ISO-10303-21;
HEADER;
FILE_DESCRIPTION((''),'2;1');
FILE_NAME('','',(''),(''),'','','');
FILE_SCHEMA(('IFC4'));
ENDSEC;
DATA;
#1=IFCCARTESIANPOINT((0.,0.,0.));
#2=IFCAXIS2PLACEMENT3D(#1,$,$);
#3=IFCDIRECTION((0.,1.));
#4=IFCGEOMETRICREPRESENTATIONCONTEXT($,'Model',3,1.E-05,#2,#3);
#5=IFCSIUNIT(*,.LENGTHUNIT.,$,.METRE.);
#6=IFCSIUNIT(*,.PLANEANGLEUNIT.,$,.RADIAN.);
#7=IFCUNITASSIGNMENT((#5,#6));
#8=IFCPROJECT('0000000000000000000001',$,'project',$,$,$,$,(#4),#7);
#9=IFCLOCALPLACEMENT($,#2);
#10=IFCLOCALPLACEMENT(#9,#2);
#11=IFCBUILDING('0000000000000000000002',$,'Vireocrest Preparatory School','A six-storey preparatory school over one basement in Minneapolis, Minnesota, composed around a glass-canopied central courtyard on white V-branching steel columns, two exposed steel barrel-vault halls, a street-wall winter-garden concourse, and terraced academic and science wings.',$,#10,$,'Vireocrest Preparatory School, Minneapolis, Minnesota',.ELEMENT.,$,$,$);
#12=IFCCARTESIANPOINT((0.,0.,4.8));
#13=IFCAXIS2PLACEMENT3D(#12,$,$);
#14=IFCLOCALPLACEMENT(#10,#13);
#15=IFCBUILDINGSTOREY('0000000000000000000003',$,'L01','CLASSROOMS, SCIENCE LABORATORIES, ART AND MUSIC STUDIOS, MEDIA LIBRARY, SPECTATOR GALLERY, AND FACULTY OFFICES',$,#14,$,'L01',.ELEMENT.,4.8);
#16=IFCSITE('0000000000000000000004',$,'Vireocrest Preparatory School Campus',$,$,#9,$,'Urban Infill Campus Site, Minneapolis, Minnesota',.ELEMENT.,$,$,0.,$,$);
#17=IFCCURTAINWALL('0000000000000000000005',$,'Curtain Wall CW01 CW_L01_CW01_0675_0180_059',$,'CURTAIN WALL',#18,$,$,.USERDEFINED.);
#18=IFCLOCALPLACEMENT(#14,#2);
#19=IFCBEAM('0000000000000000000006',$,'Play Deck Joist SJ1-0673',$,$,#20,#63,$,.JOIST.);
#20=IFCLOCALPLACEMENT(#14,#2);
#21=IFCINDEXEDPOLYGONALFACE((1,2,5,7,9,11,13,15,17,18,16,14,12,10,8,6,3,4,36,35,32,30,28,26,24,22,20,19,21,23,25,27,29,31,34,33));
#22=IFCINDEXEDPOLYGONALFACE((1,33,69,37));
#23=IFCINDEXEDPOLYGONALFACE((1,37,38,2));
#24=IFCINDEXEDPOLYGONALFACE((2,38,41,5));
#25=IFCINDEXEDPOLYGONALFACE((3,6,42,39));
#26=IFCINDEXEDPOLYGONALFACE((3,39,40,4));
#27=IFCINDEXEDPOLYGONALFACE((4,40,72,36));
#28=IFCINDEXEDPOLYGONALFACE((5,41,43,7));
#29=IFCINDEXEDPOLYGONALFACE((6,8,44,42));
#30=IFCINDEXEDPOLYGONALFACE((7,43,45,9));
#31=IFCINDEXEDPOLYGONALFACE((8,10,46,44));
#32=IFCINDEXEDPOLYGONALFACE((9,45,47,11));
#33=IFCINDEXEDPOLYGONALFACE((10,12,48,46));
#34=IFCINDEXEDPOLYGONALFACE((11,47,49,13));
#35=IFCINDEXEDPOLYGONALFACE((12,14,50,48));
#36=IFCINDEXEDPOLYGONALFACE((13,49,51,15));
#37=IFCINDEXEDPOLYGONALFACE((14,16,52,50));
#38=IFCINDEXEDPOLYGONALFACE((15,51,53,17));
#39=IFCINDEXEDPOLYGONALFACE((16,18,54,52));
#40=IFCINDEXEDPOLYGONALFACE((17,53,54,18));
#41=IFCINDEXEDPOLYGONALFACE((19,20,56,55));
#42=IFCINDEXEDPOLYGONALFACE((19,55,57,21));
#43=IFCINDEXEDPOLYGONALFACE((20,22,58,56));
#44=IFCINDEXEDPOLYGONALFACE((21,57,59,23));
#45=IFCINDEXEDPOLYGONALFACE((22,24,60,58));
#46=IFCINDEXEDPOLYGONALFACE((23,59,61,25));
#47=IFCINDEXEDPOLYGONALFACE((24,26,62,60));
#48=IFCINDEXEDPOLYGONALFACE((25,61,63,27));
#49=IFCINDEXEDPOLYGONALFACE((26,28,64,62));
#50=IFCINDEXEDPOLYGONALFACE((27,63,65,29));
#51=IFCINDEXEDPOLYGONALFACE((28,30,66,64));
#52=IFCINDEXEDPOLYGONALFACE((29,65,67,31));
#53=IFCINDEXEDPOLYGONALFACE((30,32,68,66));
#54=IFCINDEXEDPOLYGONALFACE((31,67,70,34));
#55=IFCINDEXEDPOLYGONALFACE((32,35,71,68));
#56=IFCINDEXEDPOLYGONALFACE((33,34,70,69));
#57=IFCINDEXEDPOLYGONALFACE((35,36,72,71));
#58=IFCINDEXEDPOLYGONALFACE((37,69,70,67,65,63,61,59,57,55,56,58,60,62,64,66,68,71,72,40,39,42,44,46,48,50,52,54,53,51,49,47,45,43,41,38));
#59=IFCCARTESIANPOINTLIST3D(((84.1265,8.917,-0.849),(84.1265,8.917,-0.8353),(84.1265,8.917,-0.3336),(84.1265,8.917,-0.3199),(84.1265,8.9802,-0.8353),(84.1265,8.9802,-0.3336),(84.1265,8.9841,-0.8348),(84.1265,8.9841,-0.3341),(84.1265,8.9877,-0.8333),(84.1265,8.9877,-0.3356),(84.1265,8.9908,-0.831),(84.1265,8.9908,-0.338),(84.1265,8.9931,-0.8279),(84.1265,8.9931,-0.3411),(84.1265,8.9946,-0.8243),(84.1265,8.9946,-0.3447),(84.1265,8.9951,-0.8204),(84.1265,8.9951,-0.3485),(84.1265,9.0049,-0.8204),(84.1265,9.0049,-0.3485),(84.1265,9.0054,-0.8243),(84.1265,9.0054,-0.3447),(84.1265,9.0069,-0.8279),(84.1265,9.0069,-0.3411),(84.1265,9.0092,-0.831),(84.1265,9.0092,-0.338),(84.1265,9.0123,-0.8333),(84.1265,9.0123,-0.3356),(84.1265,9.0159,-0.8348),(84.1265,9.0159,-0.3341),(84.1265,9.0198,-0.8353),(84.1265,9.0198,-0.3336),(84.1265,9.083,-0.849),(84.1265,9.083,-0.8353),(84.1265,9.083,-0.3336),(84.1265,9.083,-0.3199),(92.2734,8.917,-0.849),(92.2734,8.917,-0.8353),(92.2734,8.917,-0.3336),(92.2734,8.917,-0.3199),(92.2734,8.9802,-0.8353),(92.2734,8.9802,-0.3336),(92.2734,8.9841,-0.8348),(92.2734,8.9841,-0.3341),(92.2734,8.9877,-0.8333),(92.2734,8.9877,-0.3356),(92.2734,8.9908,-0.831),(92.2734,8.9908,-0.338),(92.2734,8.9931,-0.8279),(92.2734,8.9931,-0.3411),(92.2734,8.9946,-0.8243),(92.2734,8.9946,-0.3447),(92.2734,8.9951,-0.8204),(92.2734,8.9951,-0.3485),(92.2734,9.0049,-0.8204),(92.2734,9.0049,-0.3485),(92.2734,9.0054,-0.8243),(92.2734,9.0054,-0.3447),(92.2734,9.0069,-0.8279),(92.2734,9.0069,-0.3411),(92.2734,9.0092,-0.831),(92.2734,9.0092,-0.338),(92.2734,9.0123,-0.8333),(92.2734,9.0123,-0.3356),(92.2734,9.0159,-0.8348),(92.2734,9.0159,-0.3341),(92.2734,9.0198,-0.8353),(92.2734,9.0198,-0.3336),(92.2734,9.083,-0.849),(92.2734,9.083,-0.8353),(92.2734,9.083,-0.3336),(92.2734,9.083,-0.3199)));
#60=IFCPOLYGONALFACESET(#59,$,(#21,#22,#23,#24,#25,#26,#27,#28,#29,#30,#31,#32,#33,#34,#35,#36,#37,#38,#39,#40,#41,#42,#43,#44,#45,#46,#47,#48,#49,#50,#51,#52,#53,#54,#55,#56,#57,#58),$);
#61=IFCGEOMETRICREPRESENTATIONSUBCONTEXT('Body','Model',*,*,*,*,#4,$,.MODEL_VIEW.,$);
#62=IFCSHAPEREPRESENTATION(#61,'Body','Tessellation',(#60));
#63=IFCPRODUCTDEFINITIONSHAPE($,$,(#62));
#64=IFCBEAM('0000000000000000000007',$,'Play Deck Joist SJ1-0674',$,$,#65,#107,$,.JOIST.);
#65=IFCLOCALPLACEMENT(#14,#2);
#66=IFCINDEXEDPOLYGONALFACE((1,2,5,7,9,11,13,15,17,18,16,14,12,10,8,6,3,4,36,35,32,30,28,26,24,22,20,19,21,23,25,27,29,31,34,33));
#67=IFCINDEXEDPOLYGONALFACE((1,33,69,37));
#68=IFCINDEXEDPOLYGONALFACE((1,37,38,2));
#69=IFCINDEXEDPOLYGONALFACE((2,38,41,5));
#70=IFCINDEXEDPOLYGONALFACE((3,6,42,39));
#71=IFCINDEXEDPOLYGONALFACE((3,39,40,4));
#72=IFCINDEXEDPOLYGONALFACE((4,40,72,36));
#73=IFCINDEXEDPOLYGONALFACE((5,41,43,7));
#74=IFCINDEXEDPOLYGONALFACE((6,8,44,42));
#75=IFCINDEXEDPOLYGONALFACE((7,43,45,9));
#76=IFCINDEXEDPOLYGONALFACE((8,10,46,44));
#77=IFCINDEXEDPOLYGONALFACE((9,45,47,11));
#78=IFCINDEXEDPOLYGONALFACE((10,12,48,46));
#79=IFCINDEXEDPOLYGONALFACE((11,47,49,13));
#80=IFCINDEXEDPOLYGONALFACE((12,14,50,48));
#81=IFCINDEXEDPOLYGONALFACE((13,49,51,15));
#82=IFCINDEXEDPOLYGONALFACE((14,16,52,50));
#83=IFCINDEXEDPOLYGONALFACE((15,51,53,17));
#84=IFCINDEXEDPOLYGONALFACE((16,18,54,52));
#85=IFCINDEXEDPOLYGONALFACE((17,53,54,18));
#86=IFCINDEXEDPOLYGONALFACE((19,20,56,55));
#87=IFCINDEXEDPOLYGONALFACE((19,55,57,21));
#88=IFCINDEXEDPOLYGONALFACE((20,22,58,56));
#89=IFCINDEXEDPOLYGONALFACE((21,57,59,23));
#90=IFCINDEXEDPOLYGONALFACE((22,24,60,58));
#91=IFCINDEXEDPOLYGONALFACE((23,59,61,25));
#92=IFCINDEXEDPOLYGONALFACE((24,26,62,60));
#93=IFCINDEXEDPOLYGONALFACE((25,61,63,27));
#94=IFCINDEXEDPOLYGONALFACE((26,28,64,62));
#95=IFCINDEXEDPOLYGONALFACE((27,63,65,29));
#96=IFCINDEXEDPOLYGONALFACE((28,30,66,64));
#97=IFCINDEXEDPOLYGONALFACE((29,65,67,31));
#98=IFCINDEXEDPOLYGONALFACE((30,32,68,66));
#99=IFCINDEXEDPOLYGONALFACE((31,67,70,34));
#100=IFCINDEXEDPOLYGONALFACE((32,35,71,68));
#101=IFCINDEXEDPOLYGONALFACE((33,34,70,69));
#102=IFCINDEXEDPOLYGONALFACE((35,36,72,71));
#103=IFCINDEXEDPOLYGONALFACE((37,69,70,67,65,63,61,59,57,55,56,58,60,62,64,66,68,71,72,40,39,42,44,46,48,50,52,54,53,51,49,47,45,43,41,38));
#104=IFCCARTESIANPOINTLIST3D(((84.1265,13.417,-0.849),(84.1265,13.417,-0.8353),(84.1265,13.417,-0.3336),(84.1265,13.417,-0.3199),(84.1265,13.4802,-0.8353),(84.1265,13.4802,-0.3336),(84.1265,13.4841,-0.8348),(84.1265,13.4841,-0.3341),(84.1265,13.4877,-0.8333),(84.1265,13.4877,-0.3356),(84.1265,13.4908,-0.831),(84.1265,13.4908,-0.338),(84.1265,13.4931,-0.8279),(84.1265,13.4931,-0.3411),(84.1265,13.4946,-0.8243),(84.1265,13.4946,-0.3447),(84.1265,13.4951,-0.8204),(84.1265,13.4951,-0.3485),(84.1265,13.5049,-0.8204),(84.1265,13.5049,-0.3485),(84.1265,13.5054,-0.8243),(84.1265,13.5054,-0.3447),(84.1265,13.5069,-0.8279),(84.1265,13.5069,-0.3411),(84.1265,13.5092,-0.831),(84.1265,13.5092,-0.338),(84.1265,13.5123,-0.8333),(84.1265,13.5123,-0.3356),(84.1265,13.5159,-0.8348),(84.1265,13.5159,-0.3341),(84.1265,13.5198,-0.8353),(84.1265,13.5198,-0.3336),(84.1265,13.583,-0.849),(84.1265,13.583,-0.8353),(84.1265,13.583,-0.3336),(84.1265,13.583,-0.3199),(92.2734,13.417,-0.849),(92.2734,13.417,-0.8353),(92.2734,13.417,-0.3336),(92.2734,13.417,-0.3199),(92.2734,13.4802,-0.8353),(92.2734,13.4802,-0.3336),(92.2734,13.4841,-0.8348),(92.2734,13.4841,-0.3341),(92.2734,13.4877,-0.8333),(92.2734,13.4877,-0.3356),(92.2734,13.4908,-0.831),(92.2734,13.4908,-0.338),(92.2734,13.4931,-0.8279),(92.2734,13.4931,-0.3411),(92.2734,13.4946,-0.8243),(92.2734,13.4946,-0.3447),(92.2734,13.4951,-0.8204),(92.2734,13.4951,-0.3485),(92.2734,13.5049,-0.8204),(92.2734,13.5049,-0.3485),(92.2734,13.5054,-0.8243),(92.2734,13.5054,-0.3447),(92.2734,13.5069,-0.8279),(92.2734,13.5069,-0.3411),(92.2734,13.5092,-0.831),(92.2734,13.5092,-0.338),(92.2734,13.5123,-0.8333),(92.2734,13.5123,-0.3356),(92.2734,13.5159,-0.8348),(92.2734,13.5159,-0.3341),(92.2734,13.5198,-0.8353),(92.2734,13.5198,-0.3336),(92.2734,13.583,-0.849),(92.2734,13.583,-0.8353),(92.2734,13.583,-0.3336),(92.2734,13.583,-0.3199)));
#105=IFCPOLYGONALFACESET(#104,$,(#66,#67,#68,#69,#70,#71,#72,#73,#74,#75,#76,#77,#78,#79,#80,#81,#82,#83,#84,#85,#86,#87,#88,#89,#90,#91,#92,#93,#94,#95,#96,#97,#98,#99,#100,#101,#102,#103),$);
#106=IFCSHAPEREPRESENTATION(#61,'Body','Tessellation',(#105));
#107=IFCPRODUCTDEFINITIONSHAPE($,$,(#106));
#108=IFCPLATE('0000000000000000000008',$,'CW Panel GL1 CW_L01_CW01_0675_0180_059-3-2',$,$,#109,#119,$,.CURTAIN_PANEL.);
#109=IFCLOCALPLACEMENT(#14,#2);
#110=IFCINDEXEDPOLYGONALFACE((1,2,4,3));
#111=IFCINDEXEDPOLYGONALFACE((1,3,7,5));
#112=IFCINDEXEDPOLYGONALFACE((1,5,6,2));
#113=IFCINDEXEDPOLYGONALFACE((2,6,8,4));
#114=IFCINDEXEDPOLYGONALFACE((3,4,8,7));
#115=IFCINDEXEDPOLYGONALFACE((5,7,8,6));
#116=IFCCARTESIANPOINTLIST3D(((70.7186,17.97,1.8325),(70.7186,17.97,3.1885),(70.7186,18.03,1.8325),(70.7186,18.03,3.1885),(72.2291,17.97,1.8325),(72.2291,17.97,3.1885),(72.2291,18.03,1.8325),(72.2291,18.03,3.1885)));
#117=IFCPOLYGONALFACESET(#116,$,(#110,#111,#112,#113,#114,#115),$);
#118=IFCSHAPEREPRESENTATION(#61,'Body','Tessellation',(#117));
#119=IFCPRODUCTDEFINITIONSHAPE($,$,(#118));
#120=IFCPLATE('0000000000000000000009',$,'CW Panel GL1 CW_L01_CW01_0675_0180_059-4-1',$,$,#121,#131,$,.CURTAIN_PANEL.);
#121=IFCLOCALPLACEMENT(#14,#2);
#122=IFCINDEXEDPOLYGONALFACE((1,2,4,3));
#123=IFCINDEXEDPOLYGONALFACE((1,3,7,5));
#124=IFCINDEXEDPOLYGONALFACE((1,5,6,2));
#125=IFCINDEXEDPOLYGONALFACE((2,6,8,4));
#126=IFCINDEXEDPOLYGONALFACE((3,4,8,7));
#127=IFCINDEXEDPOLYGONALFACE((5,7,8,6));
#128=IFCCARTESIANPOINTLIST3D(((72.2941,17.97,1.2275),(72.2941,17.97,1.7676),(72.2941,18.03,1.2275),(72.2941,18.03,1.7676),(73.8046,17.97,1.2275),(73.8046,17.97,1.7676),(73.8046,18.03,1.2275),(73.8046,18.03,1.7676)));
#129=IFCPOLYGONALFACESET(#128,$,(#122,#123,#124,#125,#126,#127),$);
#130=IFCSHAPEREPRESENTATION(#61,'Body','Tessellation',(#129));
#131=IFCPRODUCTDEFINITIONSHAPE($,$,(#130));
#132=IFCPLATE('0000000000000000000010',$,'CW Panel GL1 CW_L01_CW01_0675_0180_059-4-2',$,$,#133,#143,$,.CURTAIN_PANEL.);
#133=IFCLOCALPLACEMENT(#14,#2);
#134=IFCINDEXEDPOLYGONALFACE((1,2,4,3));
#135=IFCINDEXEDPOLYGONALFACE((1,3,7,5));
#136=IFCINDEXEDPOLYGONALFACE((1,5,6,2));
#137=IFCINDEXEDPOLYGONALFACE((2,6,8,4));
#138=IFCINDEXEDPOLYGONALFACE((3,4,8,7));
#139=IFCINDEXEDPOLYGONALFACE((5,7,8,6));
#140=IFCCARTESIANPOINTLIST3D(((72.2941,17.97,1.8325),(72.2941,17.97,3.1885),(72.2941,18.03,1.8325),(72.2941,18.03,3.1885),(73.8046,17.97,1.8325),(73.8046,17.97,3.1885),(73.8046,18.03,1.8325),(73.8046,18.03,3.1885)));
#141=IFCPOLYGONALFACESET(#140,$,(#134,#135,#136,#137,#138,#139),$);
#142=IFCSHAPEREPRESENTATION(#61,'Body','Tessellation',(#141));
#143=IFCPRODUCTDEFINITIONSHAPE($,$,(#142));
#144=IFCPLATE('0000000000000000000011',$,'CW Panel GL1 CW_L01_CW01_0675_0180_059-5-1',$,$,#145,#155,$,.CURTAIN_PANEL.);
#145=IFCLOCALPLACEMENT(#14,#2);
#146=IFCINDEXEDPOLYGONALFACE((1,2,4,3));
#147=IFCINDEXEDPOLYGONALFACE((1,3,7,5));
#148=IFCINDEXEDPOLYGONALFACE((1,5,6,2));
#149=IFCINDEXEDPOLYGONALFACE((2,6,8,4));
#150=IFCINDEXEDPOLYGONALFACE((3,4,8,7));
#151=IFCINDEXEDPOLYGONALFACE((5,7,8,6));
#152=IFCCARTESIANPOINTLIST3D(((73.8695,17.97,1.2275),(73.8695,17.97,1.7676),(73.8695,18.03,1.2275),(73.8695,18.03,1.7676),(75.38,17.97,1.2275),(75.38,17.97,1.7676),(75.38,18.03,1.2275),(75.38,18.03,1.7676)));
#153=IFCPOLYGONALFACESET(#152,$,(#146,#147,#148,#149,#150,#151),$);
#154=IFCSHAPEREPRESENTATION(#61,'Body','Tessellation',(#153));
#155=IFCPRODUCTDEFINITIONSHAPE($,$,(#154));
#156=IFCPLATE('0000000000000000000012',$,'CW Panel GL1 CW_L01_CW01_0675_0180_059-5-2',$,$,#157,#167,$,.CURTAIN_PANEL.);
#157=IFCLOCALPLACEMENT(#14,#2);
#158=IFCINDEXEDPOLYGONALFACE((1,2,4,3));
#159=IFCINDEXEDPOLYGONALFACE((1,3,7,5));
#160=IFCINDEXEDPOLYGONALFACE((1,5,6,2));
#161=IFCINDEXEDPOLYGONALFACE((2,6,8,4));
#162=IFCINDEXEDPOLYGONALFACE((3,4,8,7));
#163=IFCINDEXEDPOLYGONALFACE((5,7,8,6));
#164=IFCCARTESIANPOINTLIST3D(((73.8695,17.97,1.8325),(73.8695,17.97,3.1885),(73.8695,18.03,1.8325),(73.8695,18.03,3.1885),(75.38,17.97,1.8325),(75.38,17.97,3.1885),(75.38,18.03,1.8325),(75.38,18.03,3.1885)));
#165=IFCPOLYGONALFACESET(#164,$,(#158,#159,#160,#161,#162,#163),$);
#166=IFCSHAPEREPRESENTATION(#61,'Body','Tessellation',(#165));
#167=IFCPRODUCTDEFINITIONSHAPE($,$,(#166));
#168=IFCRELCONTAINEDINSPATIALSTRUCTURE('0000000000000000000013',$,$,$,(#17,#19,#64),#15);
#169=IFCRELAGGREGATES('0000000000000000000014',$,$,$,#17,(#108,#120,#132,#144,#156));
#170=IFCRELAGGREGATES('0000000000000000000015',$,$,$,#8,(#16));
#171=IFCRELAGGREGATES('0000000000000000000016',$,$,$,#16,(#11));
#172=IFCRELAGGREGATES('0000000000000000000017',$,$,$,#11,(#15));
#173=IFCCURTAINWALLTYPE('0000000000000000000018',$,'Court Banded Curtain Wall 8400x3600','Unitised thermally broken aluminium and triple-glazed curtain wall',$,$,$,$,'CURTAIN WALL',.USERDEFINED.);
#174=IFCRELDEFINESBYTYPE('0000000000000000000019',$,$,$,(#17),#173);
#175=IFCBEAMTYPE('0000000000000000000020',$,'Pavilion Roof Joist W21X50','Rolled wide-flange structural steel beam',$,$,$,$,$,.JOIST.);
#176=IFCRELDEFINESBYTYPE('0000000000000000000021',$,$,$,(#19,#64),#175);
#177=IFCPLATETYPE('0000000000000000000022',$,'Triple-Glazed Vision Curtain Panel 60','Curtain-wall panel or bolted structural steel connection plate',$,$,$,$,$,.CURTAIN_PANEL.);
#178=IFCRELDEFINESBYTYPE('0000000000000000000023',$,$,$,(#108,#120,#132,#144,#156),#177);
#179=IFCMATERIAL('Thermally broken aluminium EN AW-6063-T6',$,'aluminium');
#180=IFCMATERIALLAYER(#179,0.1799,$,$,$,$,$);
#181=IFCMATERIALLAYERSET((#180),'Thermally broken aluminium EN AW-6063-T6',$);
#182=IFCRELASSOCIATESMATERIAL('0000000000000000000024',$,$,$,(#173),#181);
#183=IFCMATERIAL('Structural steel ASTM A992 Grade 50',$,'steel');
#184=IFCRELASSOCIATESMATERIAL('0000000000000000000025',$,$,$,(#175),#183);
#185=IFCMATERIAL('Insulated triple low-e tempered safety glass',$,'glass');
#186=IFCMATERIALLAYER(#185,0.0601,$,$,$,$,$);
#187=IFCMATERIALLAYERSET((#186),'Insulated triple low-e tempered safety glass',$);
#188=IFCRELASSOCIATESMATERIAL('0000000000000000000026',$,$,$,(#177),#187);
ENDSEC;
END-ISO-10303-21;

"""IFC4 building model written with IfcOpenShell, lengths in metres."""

from ifc_helpers import new_model, si_unit, direction, frame, origin, origin_2d, place, context, subcontext, project, spatial, rectangle, i_section, extrude, material, layer, layer_set, material_profile, profile_set, type_object, element, aggregate, save


model = new_model("IFC4")

# Units and contexts
model_context = context("Model", 3, precision=1e-05, world=origin(), true_north=direction((0.0, 1.0)))
body_context = subcontext(model_context, "Body", "Model", "MODEL_VIEW")
ifc_project = project(units=[si_unit("LENGTHUNIT", "METRE"), si_unit("PLANEANGLEUNIT", "RADIAN")], contexts=[model_context])

# Site, building, storey
site_placement = place(None, origin())
site = spatial("IfcSite", under=ifc_project, at=site_placement, Name="Vireocrest Preparatory School Campus", LongName="Urban Infill Campus Site, Minneapolis, Minnesota", CompositionType="ELEMENT", RefElevation=0.0)
building_placement = place(site_placement, origin())
building = spatial("IfcBuilding", under=site, at=building_placement, Name="Vireocrest Preparatory School", Description="A six-storey preparatory school over one basement in Minneapolis, Minnesota, composed around a glass-canopied central courtyard on white V-branching steel columns, two exposed steel barrel-vault halls, a street-wall winter-garden concourse, and terraced academic and science wings.", LongName="Vireocrest Preparatory School, Minneapolis, Minnesota", CompositionType="ELEMENT")
storey_placement = place(building_placement, frame((0.0, 0.0, 4.8)))
storey = spatial("IfcBuildingStorey", under=building, at=storey_placement, Name="L01", Description="CLASSROOMS, SCIENCE LABORATORIES, ART AND MUSIC STUDIOS, MEDIA LIBRARY, SPECTATOR GALLERY, AND FACULTY OFFICES", LongName="L01", CompositionType="ELEMENT", Elevation=4.8)

# Curtain wall
ifc_material_1 = material(Name="Thermally broken aluminium EN AW-6063-T6", Category="aluminium")
ifc_layer_1 = layer(ifc_material_1, 0.1799)
ifc_layer_set_1 = layer_set([ifc_layer_1], Name="Thermally broken aluminium EN AW-6063-T6")
curtain_wall_type = type_object("IfcCurtainWallType", Name="Court Banded Curtain Wall 8400x3600", Description="Unitised thermally broken aluminium and triple-glazed curtain wall", ElementType="CURTAIN WALL", PredefinedType="USERDEFINED", material=ifc_layer_set_1)
curtain_wall_1_placement = place(storey_placement, origin())
curtain_wall_1 = element("IfcCurtainWall", 1, at=curtain_wall_1_placement, inside=storey, type_object=curtain_wall_type, Name="Curtain Wall CW01 CW_L01_CW01_0675_0180_059", ObjectType="CURTAIN WALL", PredefinedType="USERDEFINED")

# Beams
ifc_material_2 = material(Name="Structural steel ASTM A992 Grade 50", Category="steel")
ifc_material_profile_1 = material_profile(ifc_material_2, i_section(OverallWidth=0.166, OverallDepth=0.5291, WebThickness=0.0098, FlangeThickness=0.0137, FilletRadius=0.0149, at=origin_2d()), Name="W21X50")
ifc_profile_set_1 = profile_set([ifc_material_profile_1], Name="Structural steel ASTM A992 Grade 50")
beam_type_1 = type_object("IfcBeamType", Name="Pavilion Roof Joist W21X50", Description="Rolled wide-flange structural steel beam", PredefinedType="JOIST", material=ifc_profile_set_1)
for number, where, z_axis, x_axis, name in (
    (2, (84.1265, 9.0, -0.5845), (1.0, 0.0, 0.0), (0.0, 1.0, 0.0), "Play Deck Joist SJ1-0673"),
    (3, (84.1265, 13.5, -0.5845), (1.0, 0.0, 0.0), (0.0, 1.0, 0.0), "Play Deck Joist SJ1-0674"),
):
    element("IfcBeam", number, at=place(storey_placement, frame(where, z_axis=z_axis, x_axis=x_axis)), inside=storey, type_object=beam_type_1, Name=name, PredefinedType="JOIST", context=body_context, shape_type="SweptSolid", body=[
        extrude(i_section(OverallWidth=0.166, OverallDepth=0.5291, WebThickness=0.0098, FlangeThickness=0.0137, FilletRadius=0.0149, at=origin_2d()), origin(), (0.0, 0.0, 1.0), 8.147),
    ])

# Plates
ifc_material_3 = material(Name="Insulated triple low-e tempered safety glass", Category="glass")
ifc_layer_2 = layer(ifc_material_3, 0.0601)
ifc_layer_set_2 = layer_set([ifc_layer_2], Name="Insulated triple low-e tempered safety glass")
plate_type = type_object("IfcPlateType", Name="Triple-Glazed Vision Curtain Panel 60", Description="Curtain-wall panel or bolted structural steel connection plate", PredefinedType="CURTAIN_PANEL", material=ifc_layer_set_2)
plate_1_placement = place(storey_placement, frame((71.4739, 18.0, 1.8325), z_axis=(0.0, 0.0, 1.0), x_axis=(1.0, 0.0, 0.0)))
plate_1 = element("IfcPlate", 4, at=plate_1_placement, type_object=plate_type, Name="CW Panel GL1 CW_L01_CW01_0675_0180_059-3-2", PredefinedType="CURTAIN_PANEL", context=body_context, shape_type="SweptSolid", body=[
    extrude(rectangle(XDim=1.5105, YDim=0.0601, at=origin_2d()), origin(), (0.0, 0.0, 1.0), 1.356),
])
plate_2_placement = place(storey_placement, frame((73.0493, 18.0, 1.2275), z_axis=(0.0, 0.0, 1.0), x_axis=(1.0, 0.0, 0.0)))
plate_2 = element("IfcPlate", 5, at=plate_2_placement, type_object=plate_type, Name="CW Panel GL1 CW_L01_CW01_0675_0180_059-4-1", PredefinedType="CURTAIN_PANEL", context=body_context, shape_type="SweptSolid", body=[
    extrude(rectangle(XDim=1.5105, YDim=0.0601, at=origin_2d()), origin(), (0.0, 0.0, 1.0), 0.54),
])
plate_3_placement = place(storey_placement, frame((73.0493, 18.0, 1.8325), z_axis=(0.0, 0.0, 1.0), x_axis=(1.0, 0.0, 0.0)))
plate_3 = element("IfcPlate", 6, at=plate_3_placement, type_object=plate_type, Name="CW Panel GL1 CW_L01_CW01_0675_0180_059-4-2", PredefinedType="CURTAIN_PANEL", context=body_context, shape_type="SweptSolid", body=[
    extrude(rectangle(XDim=1.5105, YDim=0.0601, at=origin_2d()), origin(), (0.0, 0.0, 1.0), 1.356),
])
plate_4_placement = place(storey_placement, frame((74.6248, 18.0, 1.2275), z_axis=(0.0, 0.0, 1.0), x_axis=(1.0, 0.0, 0.0)))
plate_4 = element("IfcPlate", 7, at=plate_4_placement, type_object=plate_type, Name="CW Panel GL1 CW_L01_CW01_0675_0180_059-5-1", PredefinedType="CURTAIN_PANEL", context=body_context, shape_type="SweptSolid", body=[
    extrude(rectangle(XDim=1.5105, YDim=0.0601, at=origin_2d()), origin(), (0.0, 0.0, 1.0), 0.54),
])
plate_5_placement = place(storey_placement, frame((74.6248, 18.0, 1.8325), z_axis=(0.0, 0.0, 1.0), x_axis=(1.0, 0.0, 0.0)))
plate_5 = element("IfcPlate", 8, at=plate_5_placement, type_object=plate_type, Name="CW Panel GL1 CW_L01_CW01_0675_0180_059-5-2", PredefinedType="CURTAIN_PANEL", context=body_context, shape_type="SweptSolid", body=[
    extrude(rectangle(XDim=1.5105, YDim=0.0601, at=origin_2d()), origin(), (0.0, 0.0, 1.0), 1.356),
])
aggregate(curtain_wall_1, [plate_1, plate_2, plate_3, plate_4, plate_5])

save(model, "model.ifc")
